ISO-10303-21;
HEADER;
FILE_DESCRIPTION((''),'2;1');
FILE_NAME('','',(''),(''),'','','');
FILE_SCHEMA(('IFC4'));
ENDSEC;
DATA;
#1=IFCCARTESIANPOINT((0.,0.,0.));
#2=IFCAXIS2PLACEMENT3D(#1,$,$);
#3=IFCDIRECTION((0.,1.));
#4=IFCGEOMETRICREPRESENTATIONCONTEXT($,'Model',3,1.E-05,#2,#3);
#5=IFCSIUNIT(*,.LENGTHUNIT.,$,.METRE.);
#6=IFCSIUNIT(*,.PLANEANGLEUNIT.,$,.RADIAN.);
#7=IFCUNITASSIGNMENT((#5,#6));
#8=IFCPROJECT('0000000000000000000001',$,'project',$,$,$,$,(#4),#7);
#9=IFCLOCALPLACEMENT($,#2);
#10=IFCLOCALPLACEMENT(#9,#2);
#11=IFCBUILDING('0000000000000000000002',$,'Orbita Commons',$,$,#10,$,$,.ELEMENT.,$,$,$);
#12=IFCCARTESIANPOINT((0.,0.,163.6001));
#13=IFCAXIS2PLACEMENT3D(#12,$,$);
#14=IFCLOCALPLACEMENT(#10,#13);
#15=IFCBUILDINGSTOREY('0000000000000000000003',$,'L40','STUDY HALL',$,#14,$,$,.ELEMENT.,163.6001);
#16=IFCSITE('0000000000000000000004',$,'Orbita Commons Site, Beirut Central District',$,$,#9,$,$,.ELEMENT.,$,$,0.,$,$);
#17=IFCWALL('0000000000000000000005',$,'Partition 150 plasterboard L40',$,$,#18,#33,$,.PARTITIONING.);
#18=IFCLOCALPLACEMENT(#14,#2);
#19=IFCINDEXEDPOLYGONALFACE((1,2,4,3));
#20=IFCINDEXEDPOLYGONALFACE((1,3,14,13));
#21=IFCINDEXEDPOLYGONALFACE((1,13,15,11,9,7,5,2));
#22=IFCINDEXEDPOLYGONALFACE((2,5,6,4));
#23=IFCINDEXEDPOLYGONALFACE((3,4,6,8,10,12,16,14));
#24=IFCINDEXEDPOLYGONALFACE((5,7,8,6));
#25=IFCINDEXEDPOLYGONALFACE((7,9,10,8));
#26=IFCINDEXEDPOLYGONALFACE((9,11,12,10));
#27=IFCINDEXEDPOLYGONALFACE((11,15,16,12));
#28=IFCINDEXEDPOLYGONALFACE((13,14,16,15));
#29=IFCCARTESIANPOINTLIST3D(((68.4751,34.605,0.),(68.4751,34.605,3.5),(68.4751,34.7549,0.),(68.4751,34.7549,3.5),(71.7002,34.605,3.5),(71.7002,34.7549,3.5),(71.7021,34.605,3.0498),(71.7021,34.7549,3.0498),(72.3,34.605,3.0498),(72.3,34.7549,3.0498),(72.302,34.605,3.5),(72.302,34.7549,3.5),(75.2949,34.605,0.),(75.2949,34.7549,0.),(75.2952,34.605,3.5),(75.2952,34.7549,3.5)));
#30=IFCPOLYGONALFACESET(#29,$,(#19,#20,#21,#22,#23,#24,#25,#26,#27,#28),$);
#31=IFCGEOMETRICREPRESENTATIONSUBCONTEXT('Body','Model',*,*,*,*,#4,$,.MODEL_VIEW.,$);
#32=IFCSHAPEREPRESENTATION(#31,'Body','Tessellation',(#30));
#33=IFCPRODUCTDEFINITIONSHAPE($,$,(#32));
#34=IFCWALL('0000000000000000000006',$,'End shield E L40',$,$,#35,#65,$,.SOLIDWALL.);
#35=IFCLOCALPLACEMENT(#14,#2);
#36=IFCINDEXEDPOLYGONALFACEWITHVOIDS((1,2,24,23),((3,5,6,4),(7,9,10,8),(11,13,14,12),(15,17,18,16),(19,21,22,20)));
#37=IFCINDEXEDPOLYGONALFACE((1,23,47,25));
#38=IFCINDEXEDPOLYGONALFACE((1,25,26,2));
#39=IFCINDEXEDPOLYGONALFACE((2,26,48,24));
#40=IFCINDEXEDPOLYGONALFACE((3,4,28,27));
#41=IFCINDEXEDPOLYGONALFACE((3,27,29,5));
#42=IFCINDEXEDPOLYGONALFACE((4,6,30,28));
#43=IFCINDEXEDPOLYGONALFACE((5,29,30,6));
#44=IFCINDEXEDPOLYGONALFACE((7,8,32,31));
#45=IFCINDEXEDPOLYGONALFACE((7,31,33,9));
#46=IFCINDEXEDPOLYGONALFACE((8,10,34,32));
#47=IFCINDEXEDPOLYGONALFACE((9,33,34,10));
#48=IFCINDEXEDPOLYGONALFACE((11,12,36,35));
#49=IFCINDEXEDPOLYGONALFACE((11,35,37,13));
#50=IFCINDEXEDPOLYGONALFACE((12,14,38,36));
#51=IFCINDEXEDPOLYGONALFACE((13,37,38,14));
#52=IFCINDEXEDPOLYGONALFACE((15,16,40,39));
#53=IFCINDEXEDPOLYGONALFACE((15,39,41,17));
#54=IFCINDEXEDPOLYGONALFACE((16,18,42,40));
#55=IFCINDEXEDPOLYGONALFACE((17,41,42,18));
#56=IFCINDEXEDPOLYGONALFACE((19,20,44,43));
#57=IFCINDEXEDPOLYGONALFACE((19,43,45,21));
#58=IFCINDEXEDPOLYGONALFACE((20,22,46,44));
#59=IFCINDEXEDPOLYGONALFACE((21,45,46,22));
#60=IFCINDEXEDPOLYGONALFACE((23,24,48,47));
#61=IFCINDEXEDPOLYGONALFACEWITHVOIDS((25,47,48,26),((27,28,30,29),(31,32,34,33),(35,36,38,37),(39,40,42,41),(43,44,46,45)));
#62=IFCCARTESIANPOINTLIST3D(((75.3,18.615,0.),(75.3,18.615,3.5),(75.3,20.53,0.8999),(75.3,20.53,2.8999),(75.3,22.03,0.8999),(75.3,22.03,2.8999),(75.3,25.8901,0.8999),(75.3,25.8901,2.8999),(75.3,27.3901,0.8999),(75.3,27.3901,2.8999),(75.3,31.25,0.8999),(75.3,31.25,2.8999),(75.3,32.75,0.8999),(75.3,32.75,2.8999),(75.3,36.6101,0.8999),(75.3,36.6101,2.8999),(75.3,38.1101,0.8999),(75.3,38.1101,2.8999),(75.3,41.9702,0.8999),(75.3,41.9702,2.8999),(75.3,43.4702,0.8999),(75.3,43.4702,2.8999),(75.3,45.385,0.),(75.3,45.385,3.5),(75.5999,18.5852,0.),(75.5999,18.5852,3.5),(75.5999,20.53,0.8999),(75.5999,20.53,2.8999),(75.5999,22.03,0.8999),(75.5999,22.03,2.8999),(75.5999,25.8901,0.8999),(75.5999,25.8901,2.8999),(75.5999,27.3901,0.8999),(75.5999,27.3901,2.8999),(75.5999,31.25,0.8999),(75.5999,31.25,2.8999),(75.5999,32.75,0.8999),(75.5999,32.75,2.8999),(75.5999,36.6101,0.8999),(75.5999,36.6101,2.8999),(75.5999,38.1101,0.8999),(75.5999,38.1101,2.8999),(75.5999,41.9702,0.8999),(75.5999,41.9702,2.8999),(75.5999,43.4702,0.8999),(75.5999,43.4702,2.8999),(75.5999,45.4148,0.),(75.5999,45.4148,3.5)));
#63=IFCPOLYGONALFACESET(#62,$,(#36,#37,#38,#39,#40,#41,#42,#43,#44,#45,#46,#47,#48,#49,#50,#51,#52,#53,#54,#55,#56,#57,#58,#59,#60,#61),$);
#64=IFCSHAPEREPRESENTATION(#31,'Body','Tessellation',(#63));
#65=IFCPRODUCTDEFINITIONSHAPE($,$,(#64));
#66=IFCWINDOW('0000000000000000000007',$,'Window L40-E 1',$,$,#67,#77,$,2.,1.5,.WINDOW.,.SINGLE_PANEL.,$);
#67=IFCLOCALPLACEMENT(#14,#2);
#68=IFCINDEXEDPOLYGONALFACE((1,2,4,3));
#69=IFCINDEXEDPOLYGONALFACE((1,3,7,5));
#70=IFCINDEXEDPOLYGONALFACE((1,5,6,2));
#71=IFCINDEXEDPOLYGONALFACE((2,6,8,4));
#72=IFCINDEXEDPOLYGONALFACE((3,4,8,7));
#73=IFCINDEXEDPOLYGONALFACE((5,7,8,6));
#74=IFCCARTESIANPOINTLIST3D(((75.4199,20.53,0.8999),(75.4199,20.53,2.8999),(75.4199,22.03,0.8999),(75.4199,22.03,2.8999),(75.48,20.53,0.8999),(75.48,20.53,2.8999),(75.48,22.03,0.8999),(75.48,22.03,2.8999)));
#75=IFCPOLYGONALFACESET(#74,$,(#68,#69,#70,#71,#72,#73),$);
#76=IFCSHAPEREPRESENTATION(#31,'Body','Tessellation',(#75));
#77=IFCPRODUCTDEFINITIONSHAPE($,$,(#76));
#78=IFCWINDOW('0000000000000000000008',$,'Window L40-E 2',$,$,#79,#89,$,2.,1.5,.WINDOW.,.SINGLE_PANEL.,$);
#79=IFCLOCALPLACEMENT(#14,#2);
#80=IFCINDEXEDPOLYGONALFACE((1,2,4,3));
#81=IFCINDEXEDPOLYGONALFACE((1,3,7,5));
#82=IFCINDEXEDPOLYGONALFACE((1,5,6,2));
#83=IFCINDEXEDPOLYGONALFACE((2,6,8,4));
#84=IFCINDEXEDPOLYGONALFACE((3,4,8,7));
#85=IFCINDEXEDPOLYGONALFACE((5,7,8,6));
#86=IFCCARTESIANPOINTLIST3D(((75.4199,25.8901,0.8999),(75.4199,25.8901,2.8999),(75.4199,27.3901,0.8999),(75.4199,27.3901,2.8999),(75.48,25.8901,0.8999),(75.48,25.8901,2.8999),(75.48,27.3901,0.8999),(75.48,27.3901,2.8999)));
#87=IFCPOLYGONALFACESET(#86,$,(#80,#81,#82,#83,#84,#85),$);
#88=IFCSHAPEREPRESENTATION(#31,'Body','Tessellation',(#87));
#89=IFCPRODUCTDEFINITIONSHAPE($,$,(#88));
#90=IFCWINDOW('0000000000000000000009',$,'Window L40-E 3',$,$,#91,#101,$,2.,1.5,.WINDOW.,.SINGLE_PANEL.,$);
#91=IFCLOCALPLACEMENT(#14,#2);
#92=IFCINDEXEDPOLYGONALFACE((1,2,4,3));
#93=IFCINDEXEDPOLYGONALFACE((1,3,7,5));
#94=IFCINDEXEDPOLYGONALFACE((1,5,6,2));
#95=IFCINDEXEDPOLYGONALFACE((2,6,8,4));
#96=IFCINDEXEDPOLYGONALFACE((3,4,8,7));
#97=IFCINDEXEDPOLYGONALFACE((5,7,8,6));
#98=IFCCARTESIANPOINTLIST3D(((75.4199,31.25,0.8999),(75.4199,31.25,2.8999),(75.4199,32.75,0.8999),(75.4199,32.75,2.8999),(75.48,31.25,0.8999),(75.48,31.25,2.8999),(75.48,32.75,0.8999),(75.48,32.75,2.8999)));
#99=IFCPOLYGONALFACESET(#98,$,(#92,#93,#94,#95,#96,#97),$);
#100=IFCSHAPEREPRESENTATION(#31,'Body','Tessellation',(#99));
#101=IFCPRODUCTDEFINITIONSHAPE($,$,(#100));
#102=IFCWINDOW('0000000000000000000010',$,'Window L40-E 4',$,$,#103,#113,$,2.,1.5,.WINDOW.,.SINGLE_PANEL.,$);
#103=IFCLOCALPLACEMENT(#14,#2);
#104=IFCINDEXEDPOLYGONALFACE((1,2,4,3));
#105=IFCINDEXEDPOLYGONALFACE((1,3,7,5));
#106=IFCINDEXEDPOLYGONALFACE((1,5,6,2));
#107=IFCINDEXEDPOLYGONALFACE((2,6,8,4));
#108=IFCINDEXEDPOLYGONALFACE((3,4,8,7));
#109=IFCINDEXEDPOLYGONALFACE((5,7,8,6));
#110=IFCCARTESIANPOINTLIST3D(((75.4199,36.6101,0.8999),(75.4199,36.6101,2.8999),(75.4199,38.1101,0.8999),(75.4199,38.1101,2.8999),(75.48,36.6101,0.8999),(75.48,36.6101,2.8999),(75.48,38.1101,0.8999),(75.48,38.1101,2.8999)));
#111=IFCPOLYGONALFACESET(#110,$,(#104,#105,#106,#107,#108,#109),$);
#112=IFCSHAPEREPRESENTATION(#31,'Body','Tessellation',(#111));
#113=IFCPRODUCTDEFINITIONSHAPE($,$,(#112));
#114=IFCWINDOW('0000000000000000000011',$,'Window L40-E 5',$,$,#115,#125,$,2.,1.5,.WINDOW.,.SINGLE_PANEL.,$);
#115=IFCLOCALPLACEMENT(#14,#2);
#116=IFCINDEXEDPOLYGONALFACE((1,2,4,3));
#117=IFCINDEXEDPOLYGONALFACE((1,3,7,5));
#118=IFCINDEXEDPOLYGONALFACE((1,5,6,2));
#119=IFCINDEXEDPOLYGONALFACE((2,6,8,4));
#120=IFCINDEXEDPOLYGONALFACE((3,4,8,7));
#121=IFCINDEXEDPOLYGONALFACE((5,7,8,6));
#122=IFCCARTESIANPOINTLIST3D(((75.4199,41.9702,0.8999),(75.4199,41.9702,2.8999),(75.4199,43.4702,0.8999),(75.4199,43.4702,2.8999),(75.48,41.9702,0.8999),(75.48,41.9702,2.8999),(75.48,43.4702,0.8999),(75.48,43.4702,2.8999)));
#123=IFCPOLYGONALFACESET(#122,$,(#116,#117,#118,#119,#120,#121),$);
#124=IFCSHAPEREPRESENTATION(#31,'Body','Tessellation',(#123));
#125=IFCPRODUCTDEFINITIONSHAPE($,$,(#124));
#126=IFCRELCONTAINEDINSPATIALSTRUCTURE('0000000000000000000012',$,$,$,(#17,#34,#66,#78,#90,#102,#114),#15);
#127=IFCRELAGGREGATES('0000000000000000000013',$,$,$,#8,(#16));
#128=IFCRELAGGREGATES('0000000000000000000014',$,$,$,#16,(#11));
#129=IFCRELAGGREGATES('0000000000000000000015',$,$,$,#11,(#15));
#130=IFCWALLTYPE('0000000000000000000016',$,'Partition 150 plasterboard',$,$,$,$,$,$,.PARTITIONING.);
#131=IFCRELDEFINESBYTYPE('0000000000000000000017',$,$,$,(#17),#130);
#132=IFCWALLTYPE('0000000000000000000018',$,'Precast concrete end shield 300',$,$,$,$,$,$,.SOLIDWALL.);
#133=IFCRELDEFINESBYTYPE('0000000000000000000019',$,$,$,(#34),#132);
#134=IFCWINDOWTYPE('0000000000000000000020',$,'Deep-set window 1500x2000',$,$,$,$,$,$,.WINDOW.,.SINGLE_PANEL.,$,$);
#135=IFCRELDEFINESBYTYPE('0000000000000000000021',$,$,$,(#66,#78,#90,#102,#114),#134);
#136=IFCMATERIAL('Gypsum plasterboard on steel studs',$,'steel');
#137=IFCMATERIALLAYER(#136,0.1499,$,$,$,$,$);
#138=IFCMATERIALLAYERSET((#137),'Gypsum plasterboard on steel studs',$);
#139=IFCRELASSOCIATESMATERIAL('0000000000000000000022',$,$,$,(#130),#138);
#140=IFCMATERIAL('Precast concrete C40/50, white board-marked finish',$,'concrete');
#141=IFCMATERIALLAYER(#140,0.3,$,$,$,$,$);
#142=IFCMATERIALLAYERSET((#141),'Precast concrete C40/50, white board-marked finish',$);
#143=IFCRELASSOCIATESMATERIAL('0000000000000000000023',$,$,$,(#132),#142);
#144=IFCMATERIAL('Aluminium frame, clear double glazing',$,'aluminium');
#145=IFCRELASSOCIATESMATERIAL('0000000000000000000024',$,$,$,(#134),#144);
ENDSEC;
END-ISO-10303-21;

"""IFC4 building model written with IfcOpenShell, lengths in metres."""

from ifc_helpers import new_model, si_unit, direction, frame, frame_2d, origin, place, context, subcontext, project, spatial, polyline, rectangle, outline, extrude, material, layer, layer_set, type_object, element, fill, save


model = new_model("IFC4")

# Units and contexts
model_context = context("Model", 3, precision=1e-05, world=origin(), true_north=direction((0.0, 1.0)))
body_context = subcontext(model_context, "Body", "Model", "MODEL_VIEW")
ifc_project = project(units=[si_unit("LENGTHUNIT", "METRE"), si_unit("PLANEANGLEUNIT", "RADIAN")], contexts=[model_context])

# Site, building, storey
site_placement = place(None, origin())
site = spatial("IfcSite", under=ifc_project, at=site_placement, Name="Orbita Commons Site, Beirut Central District", CompositionType="ELEMENT", RefElevation=0.0)
building_placement = place(site_placement, origin())
building = spatial("IfcBuilding", under=site, at=building_placement, Name="Orbita Commons", CompositionType="ELEMENT")
storey_placement = place(building_placement, frame((0.0, 0.0, 163.6001)))
storey = spatial("IfcBuildingStorey", under=building, at=storey_placement, Name="L40", Description="STUDY HALL", CompositionType="ELEMENT", Elevation=163.6001)

# Wall
ifc_material_1 = material(Name="Gypsum plasterboard on steel studs", Category="steel")
ifc_layer_1 = layer(ifc_material_1, 0.1499)
ifc_layer_set_1 = layer_set([ifc_layer_1], Name="Gypsum plasterboard on steel studs")
wall_type_1 = type_object("IfcWallType", Name="Partition 150 plasterboard", PredefinedType="PARTITIONING", material=ifc_layer_set_1)
wall_1_placement = place(storey_placement, frame((68.4751, 34.6799, 0.0), z_axis=(0.0, 0.0, 1.0), x_axis=(1.0, 0.0, 0.0)))
element("IfcWall", 1, at=wall_1_placement, inside=storey, type_object=wall_type_1, Name="Partition 150 plasterboard L40", PredefinedType="PARTITIONING", context=body_context, shape_type="SweptSolid", body=[
    extrude(outline(polyline([(0.0, 0.0), (6.8198, 0.0), (6.8201, 3.5), (3.8269, 3.5), (3.825, 3.0498), (3.2271, 3.0498), (3.2251, 3.5), (0.0, 3.5), (0.0, 0.0)])), frame((0.0, 0.075, 0.0), z_axis=(0.0, -1.0, 0.0), x_axis=(1.0, 0.0, 0.0)), (0.0, 0.0, 1.0), 0.1499),
])

# Wall, openings, windows
ifc_material_2 = material(Name="Precast concrete C40/50, white board-marked finish", Category="concrete")
ifc_layer_2 = layer(ifc_material_2, 0.3)
ifc_layer_set_2 = layer_set([ifc_layer_2], Name="Precast concrete C40/50, white board-marked finish")
wall_type_2 = type_object("IfcWallType", Name="Precast concrete end shield 300", PredefinedType="SOLIDWALL", material=ifc_layer_set_2)
wall_2_placement = place(storey_placement, frame((75.45, 18.6001, 0.0), z_axis=(0.0, 0.0, 1.0), x_axis=(0.0, 1.0, 0.0)))
wall_2 = element("IfcWall", 2, at=wall_2_placement, inside=storey, type_object=wall_type_2, Name="End shield E L40", PredefinedType="SOLIDWALL", context=body_context, shape_type="SweptSolid", body=[
    extrude(outline(polyline([(-0.0149, -0.1499), (26.8147, -0.1499), (26.7849, 0.1499), (0.0149, 0.1499), (-0.0149, -0.1499)])), origin(), (0.0, 0.0, 1.0), 3.5),
])
opening_1_placement = place(wall_2_placement, frame((1.9299, 0.0, 0.8999)))
opening_1 = element("IfcOpeningElement", 3, at=opening_1_placement, cuts=wall_2, PredefinedType="OPENING", context=body_context, shape_type="SweptSolid", body=[
    extrude(rectangle(XDim=1.5, YDim=2.0, at=frame_2d((0.75, 1.0))), frame((0.0, 0.1599, 0.0), z_axis=(0.0, -1.0, 0.0), x_axis=(1.0, 0.0, 0.0)), (0.0, 0.0, 1.0), 0.3201),
])
opening_2_placement = place(wall_2_placement, frame((7.29, 0.0, 0.8999)))
opening_2 = element("IfcOpeningElement", 4, at=opening_2_placement, cuts=wall_2, PredefinedType="OPENING", context=body_context, shape_type="SweptSolid", body=[
    extrude(rectangle(XDim=1.5, YDim=2.0, at=frame_2d((0.75, 1.0))), frame((0.0, 0.1599, 0.0), z_axis=(0.0, -1.0, 0.0), x_axis=(1.0, 0.0, 0.0)), (0.0, 0.0, 1.0), 0.3201),
])
opening_3_placement = place(wall_2_placement, frame((12.6499, 0.0, 0.8999)))
opening_3 = element("IfcOpeningElement", 5, at=opening_3_placement, cuts=wall_2, PredefinedType="OPENING", context=body_context, shape_type="SweptSolid", body=[
    extrude(rectangle(XDim=1.5, YDim=2.0, at=frame_2d((0.75, 1.0))), frame((0.0, 0.1599, 0.0), z_axis=(0.0, -1.0, 0.0), x_axis=(1.0, 0.0, 0.0)), (0.0, 0.0, 1.0), 0.3201),
])
opening_4_placement = place(wall_2_placement, frame((18.01, 0.0, 0.8999)))
opening_4 = element("IfcOpeningElement", 6, at=opening_4_placement, cuts=wall_2, PredefinedType="OPENING", context=body_context, shape_type="SweptSolid", body=[
    extrude(rectangle(XDim=1.5, YDim=2.0, at=frame_2d((0.75, 1.0))), frame((0.0, 0.1599, 0.0), z_axis=(0.0, -1.0, 0.0), x_axis=(1.0, 0.0, 0.0)), (0.0, 0.0, 1.0), 0.3201),
])
opening_5_placement = place(wall_2_placement, frame((23.3701, 0.0, 0.8999)))
opening_5 = element("IfcOpeningElement", 7, at=opening_5_placement, cuts=wall_2, PredefinedType="OPENING", context=body_context, shape_type="SweptSolid", body=[
    extrude(rectangle(XDim=1.5, YDim=2.0, at=frame_2d((0.75, 1.0))), frame((0.0, 0.1599, 0.0), z_axis=(0.0, -1.0, 0.0), x_axis=(1.0, 0.0, 0.0)), (0.0, 0.0, 1.0), 0.3201),
])
ifc_material_3 = material(Name="Aluminium frame, clear double glazing", Category="aluminium")
window_type = type_object("IfcWindowType", Name="Deep-set window 1500x2000", PartitioningType="SINGLE_PANEL", PredefinedType="WINDOW", material=ifc_material_3)
window_1_placement = place(opening_1_placement, origin())
window_1 = element("IfcWindow", 8, at=window_1_placement, inside=storey, type_object=window_type, Name="Window L40-E 1", OverallHeight=2.0, OverallWidth=1.5, PartitioningType="SINGLE_PANEL", PredefinedType="WINDOW", context=body_context, shape_type="SweptSolid", body=[
    extrude(rectangle(XDim=1.5, YDim=2.0, at=frame_2d((0.75, 1.0))), frame((0.0, 0.03, 0.0), z_axis=(0.0, -1.0, 0.0), x_axis=(1.0, 0.0, 0.0)), (0.0, 0.0, 1.0), 0.0601),
])
fill(opening_1, window_1)
window_2_placement = place(opening_2_placement, origin())
window_2 = element("IfcWindow", 9, at=window_2_placement, inside=storey, type_object=window_type, Name="Window L40-E 2", OverallHeight=2.0, OverallWidth=1.5, PartitioningType="SINGLE_PANEL", PredefinedType="WINDOW", context=body_context, shape_type="SweptSolid", body=[
    extrude(rectangle(XDim=1.5, YDim=2.0, at=frame_2d((0.75, 1.0))), frame((0.0, 0.03, 0.0), z_axis=(0.0, -1.0, 0.0), x_axis=(1.0, 0.0, 0.0)), (0.0, 0.0, 1.0), 0.0601),
])
fill(opening_2, window_2)
window_3_placement = place(opening_3_placement, origin())
window_3 = element("IfcWindow", 10, at=window_3_placement, inside=storey, type_object=window_type, Name="Window L40-E 3", OverallHeight=2.0, OverallWidth=1.5, PartitioningType="SINGLE_PANEL", PredefinedType="WINDOW", context=body_context, shape_type="SweptSolid", body=[
    extrude(rectangle(XDim=1.5, YDim=2.0, at=frame_2d((0.75, 1.0))), frame((0.0, 0.03, 0.0), z_axis=(0.0, -1.0, 0.0), x_axis=(1.0, 0.0, 0.0)), (0.0, 0.0, 1.0), 0.0601),
])
fill(opening_3, window_3)
window_4_placement = place(opening_4_placement, origin())
window_4 = element("IfcWindow", 11, at=window_4_placement, inside=storey, type_object=window_type, Name="Window L40-E 4", OverallHeight=2.0, OverallWidth=1.5, PartitioningType="SINGLE_PANEL", PredefinedType="WINDOW", context=body_context, shape_type="SweptSolid", body=[
    extrude(rectangle(XDim=1.5, YDim=2.0, at=frame_2d((0.75, 1.0))), frame((0.0, 0.03, 0.0), z_axis=(0.0, -1.0, 0.0), x_axis=(1.0, 0.0, 0.0)), (0.0, 0.0, 1.0), 0.0601),
])
fill(opening_4, window_4)
window_5_placement = place(opening_5_placement, origin())
window_5 = element("IfcWindow", 12, at=window_5_placement, inside=storey, type_object=window_type, Name="Window L40-E 5", OverallHeight=2.0, OverallWidth=1.5, PartitioningType="SINGLE_PANEL", PredefinedType="WINDOW", context=body_context, shape_type="SweptSolid", body=[
    extrude(rectangle(XDim=1.5, YDim=2.0, at=frame_2d((0.75, 1.0))), frame((0.0, 0.03, 0.0), z_axis=(0.0, -1.0, 0.0), x_axis=(1.0, 0.0, 0.0)), (0.0, 0.0, 1.0), 0.0601),
])
fill(opening_5, window_5)

save(model, "model.ifc")
